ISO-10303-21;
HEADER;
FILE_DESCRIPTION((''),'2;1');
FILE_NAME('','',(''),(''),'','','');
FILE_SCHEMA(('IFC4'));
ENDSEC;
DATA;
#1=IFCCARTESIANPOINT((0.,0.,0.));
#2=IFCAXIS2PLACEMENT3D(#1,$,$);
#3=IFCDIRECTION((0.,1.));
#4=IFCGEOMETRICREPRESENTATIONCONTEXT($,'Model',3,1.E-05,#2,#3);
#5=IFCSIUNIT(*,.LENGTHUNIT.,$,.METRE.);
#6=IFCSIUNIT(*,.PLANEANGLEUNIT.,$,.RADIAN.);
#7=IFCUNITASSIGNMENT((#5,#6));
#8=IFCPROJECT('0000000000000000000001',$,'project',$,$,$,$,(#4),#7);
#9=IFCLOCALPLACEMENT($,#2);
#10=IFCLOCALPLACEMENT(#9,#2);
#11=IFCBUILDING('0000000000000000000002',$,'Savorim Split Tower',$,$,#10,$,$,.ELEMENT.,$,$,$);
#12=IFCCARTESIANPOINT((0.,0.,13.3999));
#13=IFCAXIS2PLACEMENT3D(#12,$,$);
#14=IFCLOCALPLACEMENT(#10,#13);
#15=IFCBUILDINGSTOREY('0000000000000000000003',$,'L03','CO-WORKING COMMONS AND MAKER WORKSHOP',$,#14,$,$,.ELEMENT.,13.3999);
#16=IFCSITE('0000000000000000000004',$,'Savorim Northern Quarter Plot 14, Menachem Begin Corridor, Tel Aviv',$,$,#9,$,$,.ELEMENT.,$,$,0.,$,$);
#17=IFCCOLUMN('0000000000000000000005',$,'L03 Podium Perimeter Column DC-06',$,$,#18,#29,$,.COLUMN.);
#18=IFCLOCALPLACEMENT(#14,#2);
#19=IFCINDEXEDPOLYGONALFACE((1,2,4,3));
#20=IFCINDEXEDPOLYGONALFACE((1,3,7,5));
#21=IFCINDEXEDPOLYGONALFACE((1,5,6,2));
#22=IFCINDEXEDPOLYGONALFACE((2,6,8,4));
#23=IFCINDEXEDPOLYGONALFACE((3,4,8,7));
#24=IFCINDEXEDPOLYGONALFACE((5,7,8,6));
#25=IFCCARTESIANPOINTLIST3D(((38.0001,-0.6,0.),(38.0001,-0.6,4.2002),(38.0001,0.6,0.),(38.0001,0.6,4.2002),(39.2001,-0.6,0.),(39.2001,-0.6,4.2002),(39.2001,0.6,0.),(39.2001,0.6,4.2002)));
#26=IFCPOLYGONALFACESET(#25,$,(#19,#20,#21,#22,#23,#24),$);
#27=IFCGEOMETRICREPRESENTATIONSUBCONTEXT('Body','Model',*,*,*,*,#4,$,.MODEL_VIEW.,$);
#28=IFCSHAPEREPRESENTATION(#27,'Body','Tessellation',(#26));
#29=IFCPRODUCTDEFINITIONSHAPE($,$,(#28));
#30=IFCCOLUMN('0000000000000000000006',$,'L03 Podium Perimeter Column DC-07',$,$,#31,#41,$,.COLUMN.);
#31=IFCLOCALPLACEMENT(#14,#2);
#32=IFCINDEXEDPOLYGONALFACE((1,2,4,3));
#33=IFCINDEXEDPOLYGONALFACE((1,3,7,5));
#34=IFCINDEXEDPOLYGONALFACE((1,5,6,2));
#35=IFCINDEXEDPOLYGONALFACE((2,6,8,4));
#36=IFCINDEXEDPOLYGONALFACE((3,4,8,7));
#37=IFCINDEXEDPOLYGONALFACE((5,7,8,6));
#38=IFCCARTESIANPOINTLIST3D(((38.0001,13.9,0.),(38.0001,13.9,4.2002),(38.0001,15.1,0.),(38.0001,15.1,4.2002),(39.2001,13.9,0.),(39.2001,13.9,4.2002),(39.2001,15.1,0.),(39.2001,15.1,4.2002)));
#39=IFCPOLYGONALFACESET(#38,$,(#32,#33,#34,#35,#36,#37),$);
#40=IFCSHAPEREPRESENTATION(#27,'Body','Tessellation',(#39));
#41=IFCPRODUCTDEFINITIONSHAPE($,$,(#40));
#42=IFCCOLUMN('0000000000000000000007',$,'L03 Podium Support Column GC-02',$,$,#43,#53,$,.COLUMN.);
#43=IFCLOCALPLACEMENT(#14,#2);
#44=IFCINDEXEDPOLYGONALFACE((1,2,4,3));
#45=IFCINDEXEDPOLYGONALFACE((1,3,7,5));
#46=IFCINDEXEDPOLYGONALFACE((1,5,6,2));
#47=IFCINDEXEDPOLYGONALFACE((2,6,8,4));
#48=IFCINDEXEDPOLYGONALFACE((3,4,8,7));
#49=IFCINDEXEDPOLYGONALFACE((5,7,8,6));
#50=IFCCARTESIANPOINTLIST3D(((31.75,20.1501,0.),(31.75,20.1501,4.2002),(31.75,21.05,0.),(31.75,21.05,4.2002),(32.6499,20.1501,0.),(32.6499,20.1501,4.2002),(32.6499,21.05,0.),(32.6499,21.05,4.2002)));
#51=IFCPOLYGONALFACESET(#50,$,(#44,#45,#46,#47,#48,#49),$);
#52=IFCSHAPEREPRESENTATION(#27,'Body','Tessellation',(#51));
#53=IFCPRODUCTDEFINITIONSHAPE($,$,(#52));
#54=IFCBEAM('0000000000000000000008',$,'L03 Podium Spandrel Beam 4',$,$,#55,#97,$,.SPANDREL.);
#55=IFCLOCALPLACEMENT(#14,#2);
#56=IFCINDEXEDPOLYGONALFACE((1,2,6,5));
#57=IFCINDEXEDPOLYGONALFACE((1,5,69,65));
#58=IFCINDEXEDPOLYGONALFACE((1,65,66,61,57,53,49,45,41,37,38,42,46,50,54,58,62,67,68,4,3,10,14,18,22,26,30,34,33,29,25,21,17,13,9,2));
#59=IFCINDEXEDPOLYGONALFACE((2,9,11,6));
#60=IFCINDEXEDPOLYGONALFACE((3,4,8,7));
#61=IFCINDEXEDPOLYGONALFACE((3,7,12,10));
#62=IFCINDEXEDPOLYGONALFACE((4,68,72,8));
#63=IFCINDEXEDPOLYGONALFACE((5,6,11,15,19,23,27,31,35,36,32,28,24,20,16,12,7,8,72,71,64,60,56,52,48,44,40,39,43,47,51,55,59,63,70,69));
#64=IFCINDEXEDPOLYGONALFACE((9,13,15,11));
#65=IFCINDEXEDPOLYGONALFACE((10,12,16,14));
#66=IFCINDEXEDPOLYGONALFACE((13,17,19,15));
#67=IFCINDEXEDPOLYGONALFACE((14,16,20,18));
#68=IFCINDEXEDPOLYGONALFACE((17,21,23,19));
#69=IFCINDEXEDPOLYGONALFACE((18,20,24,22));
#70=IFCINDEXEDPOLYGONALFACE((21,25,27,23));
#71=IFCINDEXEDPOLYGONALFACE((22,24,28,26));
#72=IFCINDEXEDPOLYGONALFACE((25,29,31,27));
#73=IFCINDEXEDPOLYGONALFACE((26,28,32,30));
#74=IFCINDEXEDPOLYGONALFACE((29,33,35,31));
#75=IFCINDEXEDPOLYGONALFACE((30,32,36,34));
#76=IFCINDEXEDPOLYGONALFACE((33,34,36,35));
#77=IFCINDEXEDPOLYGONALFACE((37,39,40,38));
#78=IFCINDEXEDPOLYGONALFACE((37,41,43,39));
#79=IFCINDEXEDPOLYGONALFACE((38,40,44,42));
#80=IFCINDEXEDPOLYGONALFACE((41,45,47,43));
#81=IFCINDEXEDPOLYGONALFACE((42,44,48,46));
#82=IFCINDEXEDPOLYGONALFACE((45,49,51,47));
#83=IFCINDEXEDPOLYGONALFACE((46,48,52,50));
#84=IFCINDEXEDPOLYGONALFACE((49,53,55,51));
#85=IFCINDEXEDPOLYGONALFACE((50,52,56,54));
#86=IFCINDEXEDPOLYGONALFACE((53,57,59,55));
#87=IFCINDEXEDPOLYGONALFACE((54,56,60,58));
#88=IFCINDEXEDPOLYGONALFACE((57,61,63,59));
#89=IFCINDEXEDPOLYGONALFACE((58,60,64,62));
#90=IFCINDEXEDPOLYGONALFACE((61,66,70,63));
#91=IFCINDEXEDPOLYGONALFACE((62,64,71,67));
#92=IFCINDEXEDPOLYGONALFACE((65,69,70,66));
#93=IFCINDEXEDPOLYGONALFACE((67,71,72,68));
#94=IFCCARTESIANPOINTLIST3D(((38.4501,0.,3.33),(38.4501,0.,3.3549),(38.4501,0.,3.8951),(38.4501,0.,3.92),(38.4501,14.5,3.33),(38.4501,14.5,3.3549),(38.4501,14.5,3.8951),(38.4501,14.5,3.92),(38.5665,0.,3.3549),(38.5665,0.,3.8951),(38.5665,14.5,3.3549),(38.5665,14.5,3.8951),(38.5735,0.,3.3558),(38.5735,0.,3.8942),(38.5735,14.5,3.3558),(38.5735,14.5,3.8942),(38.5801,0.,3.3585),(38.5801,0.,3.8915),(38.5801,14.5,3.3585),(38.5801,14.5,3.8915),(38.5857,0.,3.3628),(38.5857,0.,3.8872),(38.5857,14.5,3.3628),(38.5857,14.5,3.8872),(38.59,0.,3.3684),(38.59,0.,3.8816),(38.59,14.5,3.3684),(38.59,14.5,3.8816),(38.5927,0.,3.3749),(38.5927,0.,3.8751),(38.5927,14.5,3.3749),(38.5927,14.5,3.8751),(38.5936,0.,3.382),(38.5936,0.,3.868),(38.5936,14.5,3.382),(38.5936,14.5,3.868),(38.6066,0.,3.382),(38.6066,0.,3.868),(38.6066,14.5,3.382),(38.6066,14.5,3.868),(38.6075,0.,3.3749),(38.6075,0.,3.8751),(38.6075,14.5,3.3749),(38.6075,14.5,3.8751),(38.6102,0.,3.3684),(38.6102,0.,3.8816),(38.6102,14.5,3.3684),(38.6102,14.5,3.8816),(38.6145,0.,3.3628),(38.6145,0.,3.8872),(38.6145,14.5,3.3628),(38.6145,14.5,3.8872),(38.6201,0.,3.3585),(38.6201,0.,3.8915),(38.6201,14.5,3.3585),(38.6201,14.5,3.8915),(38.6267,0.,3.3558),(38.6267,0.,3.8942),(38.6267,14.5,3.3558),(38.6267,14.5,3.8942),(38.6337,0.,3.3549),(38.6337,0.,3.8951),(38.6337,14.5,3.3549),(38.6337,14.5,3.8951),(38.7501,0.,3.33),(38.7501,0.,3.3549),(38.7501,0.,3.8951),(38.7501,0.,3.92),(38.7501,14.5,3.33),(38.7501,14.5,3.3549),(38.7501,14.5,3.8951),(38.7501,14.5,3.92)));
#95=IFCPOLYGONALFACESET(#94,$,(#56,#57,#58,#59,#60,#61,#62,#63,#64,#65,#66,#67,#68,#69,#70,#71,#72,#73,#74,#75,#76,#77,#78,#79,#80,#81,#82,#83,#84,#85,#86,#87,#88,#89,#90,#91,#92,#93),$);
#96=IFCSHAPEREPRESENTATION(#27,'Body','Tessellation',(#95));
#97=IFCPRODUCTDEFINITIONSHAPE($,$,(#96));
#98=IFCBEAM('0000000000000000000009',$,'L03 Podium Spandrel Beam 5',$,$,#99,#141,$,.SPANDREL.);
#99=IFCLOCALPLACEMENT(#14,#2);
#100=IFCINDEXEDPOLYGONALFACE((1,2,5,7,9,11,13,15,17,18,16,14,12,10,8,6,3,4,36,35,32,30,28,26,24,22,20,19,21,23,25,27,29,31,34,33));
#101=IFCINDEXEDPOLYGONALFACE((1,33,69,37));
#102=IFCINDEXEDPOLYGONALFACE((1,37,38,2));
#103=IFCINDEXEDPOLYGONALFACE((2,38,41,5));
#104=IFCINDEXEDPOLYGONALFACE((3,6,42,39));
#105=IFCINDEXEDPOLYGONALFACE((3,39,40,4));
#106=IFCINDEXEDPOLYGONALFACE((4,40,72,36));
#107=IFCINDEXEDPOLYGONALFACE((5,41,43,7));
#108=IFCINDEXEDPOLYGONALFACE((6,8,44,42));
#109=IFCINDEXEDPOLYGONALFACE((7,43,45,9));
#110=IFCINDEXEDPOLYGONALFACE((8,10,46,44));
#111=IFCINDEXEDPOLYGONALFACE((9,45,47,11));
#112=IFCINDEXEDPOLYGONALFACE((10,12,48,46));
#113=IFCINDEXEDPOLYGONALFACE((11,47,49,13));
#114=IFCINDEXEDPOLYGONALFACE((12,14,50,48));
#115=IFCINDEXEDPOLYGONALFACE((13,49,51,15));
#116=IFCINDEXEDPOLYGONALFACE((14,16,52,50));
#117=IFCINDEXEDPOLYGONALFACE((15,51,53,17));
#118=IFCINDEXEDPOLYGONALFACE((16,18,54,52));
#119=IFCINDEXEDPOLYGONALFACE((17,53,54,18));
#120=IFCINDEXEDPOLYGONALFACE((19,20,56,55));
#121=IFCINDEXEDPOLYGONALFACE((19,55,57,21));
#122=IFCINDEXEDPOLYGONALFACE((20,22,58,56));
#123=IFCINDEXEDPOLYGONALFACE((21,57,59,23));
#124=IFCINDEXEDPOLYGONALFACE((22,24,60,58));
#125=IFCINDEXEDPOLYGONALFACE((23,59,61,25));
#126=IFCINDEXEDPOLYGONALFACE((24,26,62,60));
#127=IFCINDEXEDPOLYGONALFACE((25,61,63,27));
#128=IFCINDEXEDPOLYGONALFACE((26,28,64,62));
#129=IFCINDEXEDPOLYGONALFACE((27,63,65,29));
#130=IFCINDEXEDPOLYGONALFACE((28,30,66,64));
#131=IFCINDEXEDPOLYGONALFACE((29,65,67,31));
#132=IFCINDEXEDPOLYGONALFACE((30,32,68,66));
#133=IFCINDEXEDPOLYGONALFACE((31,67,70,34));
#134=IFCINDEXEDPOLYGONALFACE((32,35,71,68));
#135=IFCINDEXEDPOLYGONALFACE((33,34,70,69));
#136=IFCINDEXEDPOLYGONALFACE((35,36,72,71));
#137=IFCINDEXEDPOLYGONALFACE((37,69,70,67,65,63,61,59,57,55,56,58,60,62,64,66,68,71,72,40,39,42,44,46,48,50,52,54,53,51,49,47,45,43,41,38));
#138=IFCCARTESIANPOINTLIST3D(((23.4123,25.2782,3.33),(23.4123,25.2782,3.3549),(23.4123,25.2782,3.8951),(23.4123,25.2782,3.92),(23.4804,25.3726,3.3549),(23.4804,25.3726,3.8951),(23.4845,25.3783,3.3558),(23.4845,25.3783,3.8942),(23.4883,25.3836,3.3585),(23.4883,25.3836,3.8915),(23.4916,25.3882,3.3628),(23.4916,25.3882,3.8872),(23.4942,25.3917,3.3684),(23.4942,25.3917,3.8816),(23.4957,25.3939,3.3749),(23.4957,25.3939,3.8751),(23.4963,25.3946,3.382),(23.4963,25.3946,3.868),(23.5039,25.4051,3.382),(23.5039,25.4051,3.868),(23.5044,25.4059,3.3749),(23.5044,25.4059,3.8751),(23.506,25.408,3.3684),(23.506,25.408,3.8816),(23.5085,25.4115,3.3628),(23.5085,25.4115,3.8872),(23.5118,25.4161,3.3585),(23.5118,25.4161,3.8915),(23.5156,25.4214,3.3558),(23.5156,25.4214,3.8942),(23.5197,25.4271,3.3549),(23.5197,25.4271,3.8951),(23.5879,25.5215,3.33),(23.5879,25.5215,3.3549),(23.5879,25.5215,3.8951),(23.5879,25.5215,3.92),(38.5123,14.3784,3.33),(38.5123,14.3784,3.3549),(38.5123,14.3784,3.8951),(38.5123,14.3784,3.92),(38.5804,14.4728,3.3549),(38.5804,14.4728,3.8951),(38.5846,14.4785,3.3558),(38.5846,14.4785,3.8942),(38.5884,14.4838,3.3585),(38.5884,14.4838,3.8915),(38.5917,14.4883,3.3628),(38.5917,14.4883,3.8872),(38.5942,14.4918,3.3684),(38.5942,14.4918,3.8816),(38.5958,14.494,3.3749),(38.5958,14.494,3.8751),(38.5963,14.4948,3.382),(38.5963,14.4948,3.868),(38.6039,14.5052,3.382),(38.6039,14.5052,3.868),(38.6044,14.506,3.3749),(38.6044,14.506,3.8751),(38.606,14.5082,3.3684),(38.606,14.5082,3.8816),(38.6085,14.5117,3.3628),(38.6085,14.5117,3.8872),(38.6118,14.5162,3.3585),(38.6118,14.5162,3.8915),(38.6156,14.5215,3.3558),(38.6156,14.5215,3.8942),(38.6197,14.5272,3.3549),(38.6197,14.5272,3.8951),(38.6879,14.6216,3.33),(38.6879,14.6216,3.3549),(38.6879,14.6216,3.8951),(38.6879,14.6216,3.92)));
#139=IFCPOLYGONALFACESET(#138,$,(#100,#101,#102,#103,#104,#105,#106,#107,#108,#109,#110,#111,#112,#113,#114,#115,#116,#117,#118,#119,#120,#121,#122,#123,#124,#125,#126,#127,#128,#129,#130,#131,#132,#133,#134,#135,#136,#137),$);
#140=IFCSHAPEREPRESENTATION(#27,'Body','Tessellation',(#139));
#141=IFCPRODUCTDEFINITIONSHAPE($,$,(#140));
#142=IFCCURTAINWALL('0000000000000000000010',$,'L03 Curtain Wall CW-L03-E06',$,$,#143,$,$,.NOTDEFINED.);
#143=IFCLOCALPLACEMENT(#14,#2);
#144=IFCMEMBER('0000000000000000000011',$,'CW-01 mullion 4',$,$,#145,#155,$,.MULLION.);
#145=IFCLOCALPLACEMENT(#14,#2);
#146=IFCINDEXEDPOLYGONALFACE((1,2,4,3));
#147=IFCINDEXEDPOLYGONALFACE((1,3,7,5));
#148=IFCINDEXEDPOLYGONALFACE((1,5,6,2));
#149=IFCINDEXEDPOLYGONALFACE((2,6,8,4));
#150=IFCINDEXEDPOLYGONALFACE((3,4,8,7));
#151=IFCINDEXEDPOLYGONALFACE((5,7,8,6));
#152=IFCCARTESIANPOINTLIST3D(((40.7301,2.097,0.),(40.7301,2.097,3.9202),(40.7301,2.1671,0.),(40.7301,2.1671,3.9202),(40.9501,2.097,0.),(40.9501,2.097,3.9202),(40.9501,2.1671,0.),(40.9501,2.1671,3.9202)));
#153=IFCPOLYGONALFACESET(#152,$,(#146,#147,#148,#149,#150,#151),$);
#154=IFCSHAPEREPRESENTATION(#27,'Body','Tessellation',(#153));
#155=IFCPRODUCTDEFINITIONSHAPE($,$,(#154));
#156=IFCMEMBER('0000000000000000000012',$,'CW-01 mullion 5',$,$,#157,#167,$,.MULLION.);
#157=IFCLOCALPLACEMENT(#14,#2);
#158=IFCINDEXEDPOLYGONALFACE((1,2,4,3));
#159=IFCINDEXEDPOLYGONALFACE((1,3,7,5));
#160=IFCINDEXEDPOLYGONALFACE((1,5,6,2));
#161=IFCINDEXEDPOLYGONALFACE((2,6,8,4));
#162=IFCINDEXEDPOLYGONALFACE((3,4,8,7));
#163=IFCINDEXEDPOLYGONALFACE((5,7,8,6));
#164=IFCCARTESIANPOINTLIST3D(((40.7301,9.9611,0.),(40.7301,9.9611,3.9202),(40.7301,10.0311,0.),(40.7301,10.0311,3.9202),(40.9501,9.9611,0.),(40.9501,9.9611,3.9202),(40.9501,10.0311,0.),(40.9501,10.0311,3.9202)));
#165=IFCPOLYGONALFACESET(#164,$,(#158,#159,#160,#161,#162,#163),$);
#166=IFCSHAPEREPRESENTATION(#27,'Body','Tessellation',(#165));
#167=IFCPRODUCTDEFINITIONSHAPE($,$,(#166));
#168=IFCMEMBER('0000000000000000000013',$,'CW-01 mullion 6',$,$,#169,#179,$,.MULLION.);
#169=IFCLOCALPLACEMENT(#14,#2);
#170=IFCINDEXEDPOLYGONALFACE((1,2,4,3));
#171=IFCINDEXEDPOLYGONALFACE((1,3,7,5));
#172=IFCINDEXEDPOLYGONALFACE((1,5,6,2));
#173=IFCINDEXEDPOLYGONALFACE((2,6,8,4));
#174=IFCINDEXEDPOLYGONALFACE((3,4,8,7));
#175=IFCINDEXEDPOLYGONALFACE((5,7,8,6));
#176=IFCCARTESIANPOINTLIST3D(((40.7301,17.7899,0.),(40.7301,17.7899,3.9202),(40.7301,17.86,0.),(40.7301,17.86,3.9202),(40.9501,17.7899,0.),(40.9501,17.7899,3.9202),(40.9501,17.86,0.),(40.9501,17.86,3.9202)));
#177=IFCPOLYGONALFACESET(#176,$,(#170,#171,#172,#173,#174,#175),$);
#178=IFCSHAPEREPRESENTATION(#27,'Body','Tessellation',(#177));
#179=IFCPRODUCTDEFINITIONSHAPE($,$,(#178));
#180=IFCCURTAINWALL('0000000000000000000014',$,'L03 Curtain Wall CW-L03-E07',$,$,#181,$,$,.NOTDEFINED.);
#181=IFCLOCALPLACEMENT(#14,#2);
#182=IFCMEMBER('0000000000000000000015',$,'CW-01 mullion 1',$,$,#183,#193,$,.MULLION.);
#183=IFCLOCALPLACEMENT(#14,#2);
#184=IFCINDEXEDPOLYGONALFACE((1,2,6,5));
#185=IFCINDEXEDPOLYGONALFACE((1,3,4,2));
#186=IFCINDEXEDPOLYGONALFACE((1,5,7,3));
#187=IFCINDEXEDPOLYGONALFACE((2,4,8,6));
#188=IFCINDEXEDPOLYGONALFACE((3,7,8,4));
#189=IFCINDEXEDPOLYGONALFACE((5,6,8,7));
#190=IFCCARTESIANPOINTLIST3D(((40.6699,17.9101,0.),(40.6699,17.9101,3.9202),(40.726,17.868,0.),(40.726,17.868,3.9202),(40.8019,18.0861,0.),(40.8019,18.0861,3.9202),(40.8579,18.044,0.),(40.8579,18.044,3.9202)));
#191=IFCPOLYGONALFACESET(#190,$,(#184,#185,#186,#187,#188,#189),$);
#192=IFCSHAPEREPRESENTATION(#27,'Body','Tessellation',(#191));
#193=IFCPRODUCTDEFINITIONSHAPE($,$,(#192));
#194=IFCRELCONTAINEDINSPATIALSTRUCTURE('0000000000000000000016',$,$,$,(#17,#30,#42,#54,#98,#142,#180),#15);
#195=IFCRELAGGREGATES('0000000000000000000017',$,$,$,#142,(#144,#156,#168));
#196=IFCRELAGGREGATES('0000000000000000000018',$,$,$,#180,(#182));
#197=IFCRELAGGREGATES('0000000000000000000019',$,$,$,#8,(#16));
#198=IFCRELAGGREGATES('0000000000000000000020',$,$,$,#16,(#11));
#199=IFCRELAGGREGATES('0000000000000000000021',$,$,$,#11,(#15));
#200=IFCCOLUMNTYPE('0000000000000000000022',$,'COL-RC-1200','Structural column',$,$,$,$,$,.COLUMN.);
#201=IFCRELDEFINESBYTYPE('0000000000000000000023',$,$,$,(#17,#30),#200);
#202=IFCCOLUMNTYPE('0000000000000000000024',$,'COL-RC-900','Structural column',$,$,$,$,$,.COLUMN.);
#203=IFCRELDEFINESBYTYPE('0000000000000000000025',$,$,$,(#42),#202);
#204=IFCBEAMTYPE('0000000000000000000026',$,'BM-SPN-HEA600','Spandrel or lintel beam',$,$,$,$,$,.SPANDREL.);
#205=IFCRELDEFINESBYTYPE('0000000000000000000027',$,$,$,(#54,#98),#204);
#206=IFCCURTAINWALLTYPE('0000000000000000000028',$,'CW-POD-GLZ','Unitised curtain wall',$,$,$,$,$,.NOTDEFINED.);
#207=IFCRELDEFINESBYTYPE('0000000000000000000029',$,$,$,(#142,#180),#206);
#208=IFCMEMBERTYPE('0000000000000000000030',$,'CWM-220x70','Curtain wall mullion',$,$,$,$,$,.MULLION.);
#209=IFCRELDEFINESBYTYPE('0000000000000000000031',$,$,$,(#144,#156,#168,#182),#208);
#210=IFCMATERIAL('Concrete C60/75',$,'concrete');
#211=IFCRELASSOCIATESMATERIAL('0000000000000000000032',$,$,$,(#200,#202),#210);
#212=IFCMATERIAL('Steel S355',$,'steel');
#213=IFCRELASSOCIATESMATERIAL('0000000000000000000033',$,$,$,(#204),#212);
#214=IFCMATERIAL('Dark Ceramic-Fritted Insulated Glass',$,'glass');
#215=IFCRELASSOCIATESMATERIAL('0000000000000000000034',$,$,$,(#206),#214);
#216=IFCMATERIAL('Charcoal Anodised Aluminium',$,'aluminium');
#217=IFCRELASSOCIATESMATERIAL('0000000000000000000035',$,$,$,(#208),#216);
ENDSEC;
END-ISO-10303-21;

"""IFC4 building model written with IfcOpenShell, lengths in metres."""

from ifc_helpers import new_model, si_unit, direction, frame, origin, origin_2d, place, context, subcontext, project, spatial, rectangle, i_section, extrude, material, material_profile, profile_set, type_object, element, aggregate, save


model = new_model("IFC4")

# Units and contexts
model_context = context("Model", 3, precision=1e-05, world=origin(), true_north=direction((0.0, 1.0)))
body_context = subcontext(model_context, "Body", "Model", "MODEL_VIEW")
ifc_project = project(units=[si_unit("LENGTHUNIT", "METRE"), si_unit("PLANEANGLEUNIT", "RADIAN")], contexts=[model_context])

# Site, building, storey
site_placement = place(None, origin())
site = spatial("IfcSite", under=ifc_project, at=site_placement, Name="Savorim Northern Quarter Plot 14, Menachem Begin Corridor, Tel Aviv", CompositionType="ELEMENT", RefElevation=0.0)
building_placement = place(site_placement, origin())
building = spatial("IfcBuilding", under=site, at=building_placement, Name="Savorim Split Tower", CompositionType="ELEMENT")
storey_placement = place(building_placement, frame((0.0, 0.0, 13.3999)))
storey = spatial("IfcBuildingStorey", under=building, at=storey_placement, Name="L03", Description="CO-WORKING COMMONS AND MAKER WORKSHOP", CompositionType="ELEMENT", Elevation=13.3999)

# Columns
ifc_material_1 = material(Name="Concrete C60/75", Category="concrete")
ifc_material_profile_1 = material_profile(ifc_material_1, rectangle(XDim=1.2, YDim=1.2, at=origin_2d()), Name="RC 1200x1200")
ifc_profile_set_1 = profile_set([ifc_material_profile_1], Name="Concrete C60/75")
column_type_1 = type_object("IfcColumnType", Name="COL-RC-1200", Description="Structural column", PredefinedType="COLUMN", material=ifc_profile_set_1)
for number, where, z_axis, x_axis, name in (
    (1, (38.6001, 0.0, 0.0), (0.0, 0.0, 1.0), (1.0, 0.0, 0.0), "L03 Podium Perimeter Column DC-06"),
    (2, (38.6001, 14.5, 0.0), (0.0, 0.0, 1.0), (1.0, 0.0, 0.0), "L03 Podium Perimeter Column DC-07"),
):
    element("IfcColumn", number, at=place(storey_placement, frame(where, z_axis=z_axis, x_axis=x_axis)), inside=storey, type_object=column_type_1, Name=name, PredefinedType="COLUMN", context=body_context, shape_type="SweptSolid", body=[
        extrude(rectangle(XDim=1.2, YDim=1.2, at=origin_2d()), origin(), (0.0, 0.0, 1.0), 4.2002),
    ])
ifc_material_profile_2 = material_profile(ifc_material_1, rectangle(XDim=0.8999, YDim=0.8999, at=origin_2d()), Name="RC 900x900")
ifc_profile_set_2 = profile_set([ifc_material_profile_2], Name="Concrete C60/75")
column_type_2 = type_object("IfcColumnType", Name="COL-RC-900", Description="Structural column", PredefinedType="COLUMN", material=ifc_profile_set_2)
column_placement = place(storey_placement, frame((32.2, 20.6001, 0.0), z_axis=(0.0, 0.0, 1.0), x_axis=(1.0, 0.0, 0.0)))
element("IfcColumn", 3, at=column_placement, inside=storey, type_object=column_type_2, Name="L03 Podium Support Column GC-02", PredefinedType="COLUMN", context=body_context, shape_type="SweptSolid", body=[
    extrude(rectangle(XDim=0.8999, YDim=0.8999, at=origin_2d()), origin(), (0.0, 0.0, 1.0), 4.2002),
])

# Beams
ifc_material_2 = material(Name="Steel S355", Category="steel")
ifc_material_profile_3 = material_profile(ifc_material_2, i_section(OverallWidth=0.3, OverallDepth=0.5901, WebThickness=0.0129, FlangeThickness=0.0249, FilletRadius=0.0271, at=origin_2d()), Name="HEA 600")
ifc_profile_set_3 = profile_set([ifc_material_profile_3], Name="Steel S355")
beam_type = type_object("IfcBeamType", Name="BM-SPN-HEA600", Description="Spandrel or lintel beam", PredefinedType="SPANDREL", material=ifc_profile_set_3)
beam_1_placement = place(storey_placement, frame((38.6001, 0.0, 3.625), z_axis=(0.0, 1.0, 0.0), x_axis=(-1.0, 0.0, 0.0)))
element("IfcBeam", 4, at=beam_1_placement, inside=storey, type_object=beam_type, Name="L03 Podium Spandrel Beam 4", PredefinedType="SPANDREL", context=body_context, shape_type="SweptSolid", body=[
    extrude(i_section(OverallWidth=0.3, OverallDepth=0.5901, WebThickness=0.0129, FlangeThickness=0.0249, FilletRadius=0.0271, at=origin_2d()), origin(), (0.0, 0.0, 1.0), 14.5),
])
beam_2_placement = place(storey_placement, frame((38.6001, 14.5, 3.625), z_axis=(-0.810825, 0.585289, 0.0), x_axis=(-0.585289, -0.810825, 0.0)))
element("IfcBeam", 5, at=beam_2_placement, inside=storey, type_object=beam_type, Name="L03 Podium Spandrel Beam 5", PredefinedType="SPANDREL", context=body_context, shape_type="SweptSolid", body=[
    extrude(i_section(OverallWidth=0.3, OverallDepth=0.5901, WebThickness=0.0129, FlangeThickness=0.0249, FilletRadius=0.0271, at=origin_2d()), origin(), (0.0, 0.0, 1.0), 18.623),
])

# Curtain walls, members
ifc_material_3 = material(Name="Dark Ceramic-Fritted Insulated Glass", Category="glass")
curtain_wall_type = type_object("IfcCurtainWallType", Name="CW-POD-GLZ", Description="Unitised curtain wall", PredefinedType="NOTDEFINED", material=ifc_material_3)
curtain_wall_1_placement = place(storey_placement, origin())
curtain_wall_1 = element("IfcCurtainWall", 6, at=curtain_wall_1_placement, inside=storey, type_object=curtain_wall_type, Name="L03 Curtain Wall CW-L03-E06", PredefinedType="NOTDEFINED")
ifc_material_4 = material(Name="Charcoal Anodised Aluminium", Category="aluminium")
ifc_material_profile_4 = material_profile(ifc_material_4, rectangle(XDim=0.22, YDim=0.0701, at=origin_2d()), Name="ALU-M 220x70")
ifc_profile_set_4 = profile_set([ifc_material_profile_4], Name="Charcoal Anodised Aluminium")
member_type_1 = type_object("IfcMemberType", Name="CWM-220x70", Description="Curtain wall mullion", PredefinedType="MULLION", material=ifc_profile_set_4)
member_1_placement = place(storey_placement, frame((40.8401, 2.1321, 0.0), z_axis=(0.0, 0.0, 1.0), x_axis=(-1.0, 0.0, 0.0)))
member_1 = element("IfcMember", 7, at=member_1_placement, type_object=member_type_1, Name="CW-01 mullion 4", PredefinedType="MULLION", context=body_context, shape_type="SweptSolid", body=[
    extrude(rectangle(XDim=0.22, YDim=0.0701, at=origin_2d()), origin(), (0.0, 0.0, 1.0), 3.9202),
])
member_2_placement = place(storey_placement, frame((40.8401, 9.9961, 0.0), z_axis=(0.0, 0.0, 1.0), x_axis=(-1.0, 0.0, 0.0)))
member_2 = element("IfcMember", 8, at=member_2_placement, type_object=member_type_1, Name="CW-01 mullion 5", PredefinedType="MULLION", context=body_context, shape_type="SweptSolid", body=[
    extrude(rectangle(XDim=0.22, YDim=0.0701, at=origin_2d()), origin(), (0.0, 0.0, 1.0), 3.9202),
])
member_3_placement = place(storey_placement, frame((40.8401, 17.825, 0.0), z_axis=(0.0, 0.0, 1.0), x_axis=(-1.0, 0.0, 0.0)))
member_3 = element("IfcMember", 9, at=member_3_placement, type_object=member_type_1, Name="CW-01 mullion 6", PredefinedType="MULLION", context=body_context, shape_type="SweptSolid", body=[
    extrude(rectangle(XDim=0.22, YDim=0.0701, at=origin_2d()), origin(), (0.0, 0.0, 1.0), 3.9202),
])
curtain_wall_2_placement = place(storey_placement, origin())
curtain_wall_2 = element("IfcCurtainWall", 10, at=curtain_wall_2_placement, inside=storey, type_object=curtain_wall_type, Name="L03 Curtain Wall CW-L03-E07", PredefinedType="NOTDEFINED")
member_4_placement = place(storey_placement, frame((40.7639, 17.9771, 0.0), z_axis=(0.0, 0.0, 1.0), x_axis=(-0.6, -0.8, 0.0)))
member_4 = element("IfcMember", 11, at=member_4_placement, type_object=member_type_1, Name="CW-01 mullion 1", PredefinedType="MULLION", context=body_context, shape_type="SweptSolid", body=[
    extrude(rectangle(XDim=0.22, YDim=0.0701, at=origin_2d()), origin(), (0.0, 0.0, 1.0), 3.9202),
])

aggregate(curtain_wall_1, [member_1, member_2, member_3])
aggregate(curtain_wall_2, [member_4])

save(model, "model.ifc")
